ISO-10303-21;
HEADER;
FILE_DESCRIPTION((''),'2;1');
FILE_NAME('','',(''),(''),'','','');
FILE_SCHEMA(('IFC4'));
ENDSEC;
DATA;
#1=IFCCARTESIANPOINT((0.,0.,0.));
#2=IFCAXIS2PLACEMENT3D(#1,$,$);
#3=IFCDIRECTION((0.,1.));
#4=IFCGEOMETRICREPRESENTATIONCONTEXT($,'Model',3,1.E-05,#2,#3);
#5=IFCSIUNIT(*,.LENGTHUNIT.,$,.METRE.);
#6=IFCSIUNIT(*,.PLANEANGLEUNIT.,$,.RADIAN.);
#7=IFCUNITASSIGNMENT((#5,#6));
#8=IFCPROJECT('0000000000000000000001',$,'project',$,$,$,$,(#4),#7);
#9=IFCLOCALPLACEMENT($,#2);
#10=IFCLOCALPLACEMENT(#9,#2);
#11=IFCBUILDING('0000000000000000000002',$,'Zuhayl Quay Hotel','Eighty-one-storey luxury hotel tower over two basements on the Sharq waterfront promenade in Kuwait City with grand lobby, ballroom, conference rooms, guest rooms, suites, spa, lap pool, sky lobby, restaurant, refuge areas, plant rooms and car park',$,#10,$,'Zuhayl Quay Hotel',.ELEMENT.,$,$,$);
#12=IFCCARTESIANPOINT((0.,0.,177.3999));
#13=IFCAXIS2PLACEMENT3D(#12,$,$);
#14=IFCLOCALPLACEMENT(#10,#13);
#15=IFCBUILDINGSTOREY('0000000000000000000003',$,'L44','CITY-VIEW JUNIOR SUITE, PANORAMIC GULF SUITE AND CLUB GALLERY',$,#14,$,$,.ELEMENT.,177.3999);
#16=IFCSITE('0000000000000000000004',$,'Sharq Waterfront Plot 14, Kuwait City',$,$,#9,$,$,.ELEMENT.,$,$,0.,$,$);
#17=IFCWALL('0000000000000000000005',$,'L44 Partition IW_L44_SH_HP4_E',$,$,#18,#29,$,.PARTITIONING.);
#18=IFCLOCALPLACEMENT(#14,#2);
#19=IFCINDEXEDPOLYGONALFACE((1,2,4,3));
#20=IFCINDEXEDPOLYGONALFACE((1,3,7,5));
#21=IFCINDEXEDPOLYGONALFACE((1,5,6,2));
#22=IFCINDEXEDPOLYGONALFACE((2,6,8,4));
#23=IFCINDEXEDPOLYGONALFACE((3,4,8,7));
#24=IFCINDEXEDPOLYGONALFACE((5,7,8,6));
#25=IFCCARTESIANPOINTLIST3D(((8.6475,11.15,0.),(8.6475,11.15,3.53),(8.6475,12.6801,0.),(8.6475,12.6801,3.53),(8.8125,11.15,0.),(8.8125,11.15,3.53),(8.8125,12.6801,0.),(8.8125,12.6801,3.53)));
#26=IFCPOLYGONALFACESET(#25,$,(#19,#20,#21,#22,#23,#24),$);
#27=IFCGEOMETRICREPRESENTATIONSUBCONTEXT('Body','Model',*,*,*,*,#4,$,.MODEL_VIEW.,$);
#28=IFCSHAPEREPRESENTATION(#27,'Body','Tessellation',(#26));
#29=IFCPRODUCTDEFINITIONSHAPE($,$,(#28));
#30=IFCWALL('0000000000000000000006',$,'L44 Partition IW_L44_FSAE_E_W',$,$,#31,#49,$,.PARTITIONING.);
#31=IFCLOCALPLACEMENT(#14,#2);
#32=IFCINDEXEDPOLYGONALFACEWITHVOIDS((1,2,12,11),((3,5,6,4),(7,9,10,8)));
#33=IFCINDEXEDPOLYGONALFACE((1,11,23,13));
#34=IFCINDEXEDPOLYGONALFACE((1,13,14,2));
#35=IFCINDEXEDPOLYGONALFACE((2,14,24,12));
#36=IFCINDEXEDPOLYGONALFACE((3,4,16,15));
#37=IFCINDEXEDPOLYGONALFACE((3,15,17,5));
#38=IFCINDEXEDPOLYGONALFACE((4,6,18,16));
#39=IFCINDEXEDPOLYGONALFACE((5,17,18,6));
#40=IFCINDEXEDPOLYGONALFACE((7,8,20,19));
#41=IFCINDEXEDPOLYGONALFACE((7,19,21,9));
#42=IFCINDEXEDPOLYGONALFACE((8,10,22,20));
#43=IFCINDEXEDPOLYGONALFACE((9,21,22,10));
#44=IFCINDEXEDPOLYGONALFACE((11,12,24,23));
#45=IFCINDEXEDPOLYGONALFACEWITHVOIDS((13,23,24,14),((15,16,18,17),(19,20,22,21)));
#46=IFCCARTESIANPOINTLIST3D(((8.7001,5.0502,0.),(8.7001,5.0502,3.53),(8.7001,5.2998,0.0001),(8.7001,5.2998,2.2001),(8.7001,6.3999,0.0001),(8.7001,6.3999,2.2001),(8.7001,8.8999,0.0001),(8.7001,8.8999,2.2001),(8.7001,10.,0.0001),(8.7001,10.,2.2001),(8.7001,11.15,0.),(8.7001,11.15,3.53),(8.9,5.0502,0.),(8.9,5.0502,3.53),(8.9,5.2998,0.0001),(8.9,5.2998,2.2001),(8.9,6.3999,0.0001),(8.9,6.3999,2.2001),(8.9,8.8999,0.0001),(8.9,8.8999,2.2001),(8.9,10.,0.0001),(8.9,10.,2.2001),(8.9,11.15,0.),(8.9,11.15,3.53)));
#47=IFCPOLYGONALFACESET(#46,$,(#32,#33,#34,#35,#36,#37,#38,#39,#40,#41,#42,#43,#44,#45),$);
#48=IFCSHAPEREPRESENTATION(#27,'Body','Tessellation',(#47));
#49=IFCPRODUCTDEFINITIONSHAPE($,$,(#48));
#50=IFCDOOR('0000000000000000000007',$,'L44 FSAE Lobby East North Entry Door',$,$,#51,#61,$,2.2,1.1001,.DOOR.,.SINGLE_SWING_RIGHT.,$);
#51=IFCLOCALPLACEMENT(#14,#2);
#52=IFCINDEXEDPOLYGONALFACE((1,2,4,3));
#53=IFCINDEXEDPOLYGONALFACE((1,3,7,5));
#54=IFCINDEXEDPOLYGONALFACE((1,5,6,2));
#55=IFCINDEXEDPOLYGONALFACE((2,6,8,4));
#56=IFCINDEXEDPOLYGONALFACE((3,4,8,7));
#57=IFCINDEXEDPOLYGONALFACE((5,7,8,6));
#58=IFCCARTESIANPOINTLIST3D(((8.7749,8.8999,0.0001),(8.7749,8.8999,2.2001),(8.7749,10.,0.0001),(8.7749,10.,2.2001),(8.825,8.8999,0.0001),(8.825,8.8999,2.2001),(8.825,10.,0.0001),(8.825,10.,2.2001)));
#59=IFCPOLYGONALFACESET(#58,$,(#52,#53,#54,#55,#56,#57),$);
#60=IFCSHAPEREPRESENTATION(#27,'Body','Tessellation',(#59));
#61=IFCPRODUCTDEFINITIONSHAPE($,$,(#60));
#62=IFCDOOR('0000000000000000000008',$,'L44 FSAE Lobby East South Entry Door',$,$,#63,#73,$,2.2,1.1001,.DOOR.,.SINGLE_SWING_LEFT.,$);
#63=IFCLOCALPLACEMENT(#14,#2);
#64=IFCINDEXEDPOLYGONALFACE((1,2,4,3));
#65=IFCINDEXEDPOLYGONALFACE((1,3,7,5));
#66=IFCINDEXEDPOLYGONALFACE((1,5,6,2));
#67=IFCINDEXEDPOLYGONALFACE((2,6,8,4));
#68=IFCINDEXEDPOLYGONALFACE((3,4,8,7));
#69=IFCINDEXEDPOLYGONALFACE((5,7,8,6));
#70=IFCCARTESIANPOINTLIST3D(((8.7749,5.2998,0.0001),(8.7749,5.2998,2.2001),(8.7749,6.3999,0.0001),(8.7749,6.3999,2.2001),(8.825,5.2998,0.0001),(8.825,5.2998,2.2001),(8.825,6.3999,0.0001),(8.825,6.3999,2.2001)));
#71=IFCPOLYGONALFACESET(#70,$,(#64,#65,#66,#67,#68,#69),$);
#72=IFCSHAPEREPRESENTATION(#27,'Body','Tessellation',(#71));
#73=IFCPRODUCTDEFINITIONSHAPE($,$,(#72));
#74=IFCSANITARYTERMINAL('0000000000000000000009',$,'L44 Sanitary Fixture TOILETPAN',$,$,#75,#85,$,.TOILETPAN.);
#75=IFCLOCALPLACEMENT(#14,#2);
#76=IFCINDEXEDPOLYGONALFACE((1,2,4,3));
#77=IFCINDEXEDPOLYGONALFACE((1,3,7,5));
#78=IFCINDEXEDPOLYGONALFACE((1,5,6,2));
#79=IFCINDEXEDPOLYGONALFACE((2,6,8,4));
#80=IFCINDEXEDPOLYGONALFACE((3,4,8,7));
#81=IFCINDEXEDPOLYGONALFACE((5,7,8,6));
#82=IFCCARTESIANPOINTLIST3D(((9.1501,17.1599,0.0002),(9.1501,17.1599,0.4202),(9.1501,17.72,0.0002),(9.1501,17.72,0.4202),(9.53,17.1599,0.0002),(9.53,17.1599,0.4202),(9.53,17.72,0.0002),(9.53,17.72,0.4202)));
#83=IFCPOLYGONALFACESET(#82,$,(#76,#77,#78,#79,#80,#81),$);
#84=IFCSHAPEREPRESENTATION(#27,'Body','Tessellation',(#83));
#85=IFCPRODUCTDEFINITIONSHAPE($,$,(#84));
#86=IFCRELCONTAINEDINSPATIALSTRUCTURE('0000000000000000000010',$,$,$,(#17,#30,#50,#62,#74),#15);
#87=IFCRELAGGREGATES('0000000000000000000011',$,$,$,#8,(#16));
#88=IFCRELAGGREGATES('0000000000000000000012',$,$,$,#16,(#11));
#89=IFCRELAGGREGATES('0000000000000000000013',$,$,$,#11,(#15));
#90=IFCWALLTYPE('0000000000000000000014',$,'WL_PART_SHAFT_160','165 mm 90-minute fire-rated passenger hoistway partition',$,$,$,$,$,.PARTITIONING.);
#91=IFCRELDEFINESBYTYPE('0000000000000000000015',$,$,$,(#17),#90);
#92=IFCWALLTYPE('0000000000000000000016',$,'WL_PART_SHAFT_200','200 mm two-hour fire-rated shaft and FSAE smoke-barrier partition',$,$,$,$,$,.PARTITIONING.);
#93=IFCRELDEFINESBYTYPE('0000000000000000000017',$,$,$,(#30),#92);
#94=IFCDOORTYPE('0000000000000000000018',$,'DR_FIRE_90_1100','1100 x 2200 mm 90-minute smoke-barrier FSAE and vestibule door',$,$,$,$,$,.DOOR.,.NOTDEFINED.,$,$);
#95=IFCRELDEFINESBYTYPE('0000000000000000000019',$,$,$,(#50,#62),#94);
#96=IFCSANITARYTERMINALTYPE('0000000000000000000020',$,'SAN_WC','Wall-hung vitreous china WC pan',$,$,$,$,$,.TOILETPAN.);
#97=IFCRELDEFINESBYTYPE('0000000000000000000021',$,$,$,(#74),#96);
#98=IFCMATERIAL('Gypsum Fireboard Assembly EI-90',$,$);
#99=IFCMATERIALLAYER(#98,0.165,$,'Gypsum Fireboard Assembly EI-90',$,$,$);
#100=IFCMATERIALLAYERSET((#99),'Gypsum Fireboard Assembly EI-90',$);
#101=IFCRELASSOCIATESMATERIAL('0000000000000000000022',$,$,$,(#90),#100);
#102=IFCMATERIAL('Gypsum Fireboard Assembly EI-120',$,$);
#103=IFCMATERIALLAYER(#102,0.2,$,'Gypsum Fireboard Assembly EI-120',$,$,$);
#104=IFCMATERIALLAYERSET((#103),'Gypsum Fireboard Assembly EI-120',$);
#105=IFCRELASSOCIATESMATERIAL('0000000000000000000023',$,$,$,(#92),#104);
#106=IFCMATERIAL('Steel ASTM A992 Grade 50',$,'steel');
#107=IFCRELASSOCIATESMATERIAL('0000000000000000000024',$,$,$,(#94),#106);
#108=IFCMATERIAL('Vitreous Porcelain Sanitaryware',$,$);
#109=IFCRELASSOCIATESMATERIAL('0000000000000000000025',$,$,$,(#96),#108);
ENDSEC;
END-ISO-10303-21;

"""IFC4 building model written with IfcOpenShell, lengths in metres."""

from ifc_helpers import new_model, si_unit, direction, frame, frame_2d, origin, origin_2d, place, context, subcontext, project, spatial, rectangle, extrude, material, layer, layer_set, type_object, element, fill, save


model = new_model("IFC4")

# Units and contexts
model_context = context("Model", 3, precision=1e-05, world=origin(), true_north=direction((0.0, 1.0)))
body_context = subcontext(model_context, "Body", "Model", "MODEL_VIEW")
ifc_project = project(units=[si_unit("LENGTHUNIT", "METRE"), si_unit("PLANEANGLEUNIT", "RADIAN")], contexts=[model_context])

# Site, building, storey
site_placement = place(None, origin())
site = spatial("IfcSite", under=ifc_project, at=site_placement, Name="Sharq Waterfront Plot 14, Kuwait City", CompositionType="ELEMENT", RefElevation=0.0)
building_placement = place(site_placement, origin())
building = spatial("IfcBuilding", under=site, at=building_placement, Name="Zuhayl Quay Hotel", Description="Eighty-one-storey luxury hotel tower over two basements on the Sharq waterfront promenade in Kuwait City with grand lobby, ballroom, conference rooms, guest rooms, suites, spa, lap pool, sky lobby, restaurant, refuge areas, plant rooms and car park", LongName="Zuhayl Quay Hotel", CompositionType="ELEMENT")
storey_placement = place(building_placement, frame((0.0, 0.0, 177.3999)))
storey = spatial("IfcBuildingStorey", under=building, at=storey_placement, Name="L44", Description="CITY-VIEW JUNIOR SUITE, PANORAMIC GULF SUITE AND CLUB GALLERY", CompositionType="ELEMENT", Elevation=177.3999)

# Shared definitions
ifc_material_1 = material(Name="Steel ASTM A992 Grade 50", Category="steel")

# Shared definitions
ifc_material_2 = material(Name="Gypsum Fireboard Assembly EI-90")
ifc_layer_1 = layer(ifc_material_2, 0.165, Name="Gypsum Fireboard Assembly EI-90")
ifc_layer_set_1 = layer_set([ifc_layer_1], Name="Gypsum Fireboard Assembly EI-90")
wall_type_1 = type_object("IfcWallType", Name="WL_PART_SHAFT_160", Description="165 mm 90-minute fire-rated passenger hoistway partition", PredefinedType="PARTITIONING", material=ifc_layer_set_1)

# Wall
wall_1_placement = place(storey_placement, frame((8.73, 11.1499, 0.0), z_axis=(0.0, 0.0, 1.0), x_axis=(0.0, 1.0, 0.0)))
element("IfcWall", 1, at=wall_1_placement, inside=storey, type_object=wall_type_1, Name="L44 Partition IW_L44_SH_HP4_E", PredefinedType="PARTITIONING", context=body_context, shape_type="SweptSolid", body=[
    extrude(rectangle(XDim=1.53, YDim=0.165, at=frame_2d((0.7651, 0.0))), origin(), (0.0, 0.0, 1.0), 3.53),
])

# Wall, openings, doors
ifc_material_3 = material(Name="Gypsum Fireboard Assembly EI-120")
ifc_layer_2 = layer(ifc_material_3, 0.2, Name="Gypsum Fireboard Assembly EI-120")
ifc_layer_set_2 = layer_set([ifc_layer_2], Name="Gypsum Fireboard Assembly EI-120")
wall_type_2 = type_object("IfcWallType", Name="WL_PART_SHAFT_200", Description="200 mm two-hour fire-rated shaft and FSAE smoke-barrier partition", PredefinedType="PARTITIONING", material=ifc_layer_set_2)
wall_2_placement = place(storey_placement, frame((8.8, 11.1499, 0.0), z_axis=(0.0, 0.0, 1.0), x_axis=(0.0, -1.0, 0.0)))
wall_2 = element("IfcWall", 2, at=wall_2_placement, inside=storey, type_object=wall_type_2, Name="L44 Partition IW_L44_FSAE_E_W", PredefinedType="PARTITIONING", context=body_context, shape_type="SweptSolid", body=[
    extrude(rectangle(XDim=6.0999, YDim=0.2, at=frame_2d((3.0498, 0.0))), origin(), (0.0, 0.0, 1.0), 3.53),
])
opening_1_placement = place(wall_2_placement, frame((1.1499, 0.0, 0.0)))
opening_1 = element("IfcOpeningElement", 3, at=opening_1_placement, cuts=wall_2, PredefinedType="OPENING", context=body_context, shape_type="SweptSolid", body=[
    extrude(rectangle(XDim=1.1001, YDim=2.2, at=frame_2d((0.55, 1.1001))), frame((0.0, 0.1099, 0.0), z_axis=(0.0, -1.0, 0.0), x_axis=(1.0, 0.0, 0.0)), (0.0, 0.0, 1.0), 0.22),
])
opening_2_placement = place(wall_2_placement, frame((4.75, 0.0, 0.0)))
opening_2 = element("IfcOpeningElement", 4, at=opening_2_placement, cuts=wall_2, PredefinedType="OPENING", context=body_context, shape_type="SweptSolid", body=[
    extrude(rectangle(XDim=1.1001, YDim=2.2, at=frame_2d((0.55, 1.1001))), frame((0.0, 0.1099, 0.0), z_axis=(0.0, -1.0, 0.0), x_axis=(1.0, 0.0, 0.0)), (0.0, 0.0, 1.0), 0.22),
])
door_type_1 = type_object("IfcDoorType", Name="DR_FIRE_90_1100", Description="1100 x 2200 mm 90-minute smoke-barrier FSAE and vestibule door", OperationType="NOTDEFINED", PredefinedType="DOOR", material=ifc_material_1)
door_1_placement = place(opening_1_placement, origin())
door_1 = element("IfcDoor", 5, at=door_1_placement, inside=storey, type_object=door_type_1, Name="L44 FSAE Lobby East North Entry Door", OperationType="SINGLE_SWING_RIGHT", OverallHeight=2.2, OverallWidth=1.1001, PredefinedType="DOOR", context=body_context, shape_type="SweptSolid", body=[
    extrude(rectangle(XDim=1.1001, YDim=2.2, at=frame_2d((0.55, 1.1001))), frame((0.0, 0.0249, 0.0), z_axis=(0.0, -1.0, 0.0), x_axis=(1.0, 0.0, 0.0)), (0.0, 0.0, 1.0), 0.05),
])
fill(opening_1, door_1)
door_2_placement = place(opening_2_placement, origin())
door_2 = element("IfcDoor", 6, at=door_2_placement, inside=storey, type_object=door_type_1, Name="L44 FSAE Lobby East South Entry Door", OperationType="SINGLE_SWING_LEFT", OverallHeight=2.2, OverallWidth=1.1001, PredefinedType="DOOR", context=body_context, shape_type="SweptSolid", body=[
    extrude(rectangle(XDim=1.1001, YDim=2.2, at=frame_2d((0.55, 1.1001))), frame((0.0, 0.0249, 0.0), z_axis=(0.0, -1.0, 0.0), x_axis=(1.0, 0.0, 0.0)), (0.0, 0.0, 1.0), 0.05),
])
fill(opening_2, door_2)

# Sanitary terminal
ifc_material_4 = material(Name="Vitreous Porcelain Sanitaryware")
sanitary_terminal_type = type_object("IfcSanitaryTerminalType", Name="SAN_WC", Description="Wall-hung vitreous china WC pan", PredefinedType="TOILETPAN", material=ifc_material_4)
sanitary_terminal_placement = place(storey_placement, frame((9.3401, 17.4399, 0.0002), z_axis=(0.0, 0.0, 1.0), x_axis=(1.0, 0.0, 0.0)))
element("IfcSanitaryTerminal", 7, at=sanitary_terminal_placement, inside=storey, type_object=sanitary_terminal_type, Name="L44 Sanitary Fixture TOILETPAN", PredefinedType="TOILETPAN", context=body_context, shape_type="SweptSolid", body=[
    extrude(rectangle(XDim=0.3799, YDim=0.5601, at=origin_2d()), origin(), (0.0, 0.0, 1.0), 0.4199),
])

save(model, "model.ifc")
